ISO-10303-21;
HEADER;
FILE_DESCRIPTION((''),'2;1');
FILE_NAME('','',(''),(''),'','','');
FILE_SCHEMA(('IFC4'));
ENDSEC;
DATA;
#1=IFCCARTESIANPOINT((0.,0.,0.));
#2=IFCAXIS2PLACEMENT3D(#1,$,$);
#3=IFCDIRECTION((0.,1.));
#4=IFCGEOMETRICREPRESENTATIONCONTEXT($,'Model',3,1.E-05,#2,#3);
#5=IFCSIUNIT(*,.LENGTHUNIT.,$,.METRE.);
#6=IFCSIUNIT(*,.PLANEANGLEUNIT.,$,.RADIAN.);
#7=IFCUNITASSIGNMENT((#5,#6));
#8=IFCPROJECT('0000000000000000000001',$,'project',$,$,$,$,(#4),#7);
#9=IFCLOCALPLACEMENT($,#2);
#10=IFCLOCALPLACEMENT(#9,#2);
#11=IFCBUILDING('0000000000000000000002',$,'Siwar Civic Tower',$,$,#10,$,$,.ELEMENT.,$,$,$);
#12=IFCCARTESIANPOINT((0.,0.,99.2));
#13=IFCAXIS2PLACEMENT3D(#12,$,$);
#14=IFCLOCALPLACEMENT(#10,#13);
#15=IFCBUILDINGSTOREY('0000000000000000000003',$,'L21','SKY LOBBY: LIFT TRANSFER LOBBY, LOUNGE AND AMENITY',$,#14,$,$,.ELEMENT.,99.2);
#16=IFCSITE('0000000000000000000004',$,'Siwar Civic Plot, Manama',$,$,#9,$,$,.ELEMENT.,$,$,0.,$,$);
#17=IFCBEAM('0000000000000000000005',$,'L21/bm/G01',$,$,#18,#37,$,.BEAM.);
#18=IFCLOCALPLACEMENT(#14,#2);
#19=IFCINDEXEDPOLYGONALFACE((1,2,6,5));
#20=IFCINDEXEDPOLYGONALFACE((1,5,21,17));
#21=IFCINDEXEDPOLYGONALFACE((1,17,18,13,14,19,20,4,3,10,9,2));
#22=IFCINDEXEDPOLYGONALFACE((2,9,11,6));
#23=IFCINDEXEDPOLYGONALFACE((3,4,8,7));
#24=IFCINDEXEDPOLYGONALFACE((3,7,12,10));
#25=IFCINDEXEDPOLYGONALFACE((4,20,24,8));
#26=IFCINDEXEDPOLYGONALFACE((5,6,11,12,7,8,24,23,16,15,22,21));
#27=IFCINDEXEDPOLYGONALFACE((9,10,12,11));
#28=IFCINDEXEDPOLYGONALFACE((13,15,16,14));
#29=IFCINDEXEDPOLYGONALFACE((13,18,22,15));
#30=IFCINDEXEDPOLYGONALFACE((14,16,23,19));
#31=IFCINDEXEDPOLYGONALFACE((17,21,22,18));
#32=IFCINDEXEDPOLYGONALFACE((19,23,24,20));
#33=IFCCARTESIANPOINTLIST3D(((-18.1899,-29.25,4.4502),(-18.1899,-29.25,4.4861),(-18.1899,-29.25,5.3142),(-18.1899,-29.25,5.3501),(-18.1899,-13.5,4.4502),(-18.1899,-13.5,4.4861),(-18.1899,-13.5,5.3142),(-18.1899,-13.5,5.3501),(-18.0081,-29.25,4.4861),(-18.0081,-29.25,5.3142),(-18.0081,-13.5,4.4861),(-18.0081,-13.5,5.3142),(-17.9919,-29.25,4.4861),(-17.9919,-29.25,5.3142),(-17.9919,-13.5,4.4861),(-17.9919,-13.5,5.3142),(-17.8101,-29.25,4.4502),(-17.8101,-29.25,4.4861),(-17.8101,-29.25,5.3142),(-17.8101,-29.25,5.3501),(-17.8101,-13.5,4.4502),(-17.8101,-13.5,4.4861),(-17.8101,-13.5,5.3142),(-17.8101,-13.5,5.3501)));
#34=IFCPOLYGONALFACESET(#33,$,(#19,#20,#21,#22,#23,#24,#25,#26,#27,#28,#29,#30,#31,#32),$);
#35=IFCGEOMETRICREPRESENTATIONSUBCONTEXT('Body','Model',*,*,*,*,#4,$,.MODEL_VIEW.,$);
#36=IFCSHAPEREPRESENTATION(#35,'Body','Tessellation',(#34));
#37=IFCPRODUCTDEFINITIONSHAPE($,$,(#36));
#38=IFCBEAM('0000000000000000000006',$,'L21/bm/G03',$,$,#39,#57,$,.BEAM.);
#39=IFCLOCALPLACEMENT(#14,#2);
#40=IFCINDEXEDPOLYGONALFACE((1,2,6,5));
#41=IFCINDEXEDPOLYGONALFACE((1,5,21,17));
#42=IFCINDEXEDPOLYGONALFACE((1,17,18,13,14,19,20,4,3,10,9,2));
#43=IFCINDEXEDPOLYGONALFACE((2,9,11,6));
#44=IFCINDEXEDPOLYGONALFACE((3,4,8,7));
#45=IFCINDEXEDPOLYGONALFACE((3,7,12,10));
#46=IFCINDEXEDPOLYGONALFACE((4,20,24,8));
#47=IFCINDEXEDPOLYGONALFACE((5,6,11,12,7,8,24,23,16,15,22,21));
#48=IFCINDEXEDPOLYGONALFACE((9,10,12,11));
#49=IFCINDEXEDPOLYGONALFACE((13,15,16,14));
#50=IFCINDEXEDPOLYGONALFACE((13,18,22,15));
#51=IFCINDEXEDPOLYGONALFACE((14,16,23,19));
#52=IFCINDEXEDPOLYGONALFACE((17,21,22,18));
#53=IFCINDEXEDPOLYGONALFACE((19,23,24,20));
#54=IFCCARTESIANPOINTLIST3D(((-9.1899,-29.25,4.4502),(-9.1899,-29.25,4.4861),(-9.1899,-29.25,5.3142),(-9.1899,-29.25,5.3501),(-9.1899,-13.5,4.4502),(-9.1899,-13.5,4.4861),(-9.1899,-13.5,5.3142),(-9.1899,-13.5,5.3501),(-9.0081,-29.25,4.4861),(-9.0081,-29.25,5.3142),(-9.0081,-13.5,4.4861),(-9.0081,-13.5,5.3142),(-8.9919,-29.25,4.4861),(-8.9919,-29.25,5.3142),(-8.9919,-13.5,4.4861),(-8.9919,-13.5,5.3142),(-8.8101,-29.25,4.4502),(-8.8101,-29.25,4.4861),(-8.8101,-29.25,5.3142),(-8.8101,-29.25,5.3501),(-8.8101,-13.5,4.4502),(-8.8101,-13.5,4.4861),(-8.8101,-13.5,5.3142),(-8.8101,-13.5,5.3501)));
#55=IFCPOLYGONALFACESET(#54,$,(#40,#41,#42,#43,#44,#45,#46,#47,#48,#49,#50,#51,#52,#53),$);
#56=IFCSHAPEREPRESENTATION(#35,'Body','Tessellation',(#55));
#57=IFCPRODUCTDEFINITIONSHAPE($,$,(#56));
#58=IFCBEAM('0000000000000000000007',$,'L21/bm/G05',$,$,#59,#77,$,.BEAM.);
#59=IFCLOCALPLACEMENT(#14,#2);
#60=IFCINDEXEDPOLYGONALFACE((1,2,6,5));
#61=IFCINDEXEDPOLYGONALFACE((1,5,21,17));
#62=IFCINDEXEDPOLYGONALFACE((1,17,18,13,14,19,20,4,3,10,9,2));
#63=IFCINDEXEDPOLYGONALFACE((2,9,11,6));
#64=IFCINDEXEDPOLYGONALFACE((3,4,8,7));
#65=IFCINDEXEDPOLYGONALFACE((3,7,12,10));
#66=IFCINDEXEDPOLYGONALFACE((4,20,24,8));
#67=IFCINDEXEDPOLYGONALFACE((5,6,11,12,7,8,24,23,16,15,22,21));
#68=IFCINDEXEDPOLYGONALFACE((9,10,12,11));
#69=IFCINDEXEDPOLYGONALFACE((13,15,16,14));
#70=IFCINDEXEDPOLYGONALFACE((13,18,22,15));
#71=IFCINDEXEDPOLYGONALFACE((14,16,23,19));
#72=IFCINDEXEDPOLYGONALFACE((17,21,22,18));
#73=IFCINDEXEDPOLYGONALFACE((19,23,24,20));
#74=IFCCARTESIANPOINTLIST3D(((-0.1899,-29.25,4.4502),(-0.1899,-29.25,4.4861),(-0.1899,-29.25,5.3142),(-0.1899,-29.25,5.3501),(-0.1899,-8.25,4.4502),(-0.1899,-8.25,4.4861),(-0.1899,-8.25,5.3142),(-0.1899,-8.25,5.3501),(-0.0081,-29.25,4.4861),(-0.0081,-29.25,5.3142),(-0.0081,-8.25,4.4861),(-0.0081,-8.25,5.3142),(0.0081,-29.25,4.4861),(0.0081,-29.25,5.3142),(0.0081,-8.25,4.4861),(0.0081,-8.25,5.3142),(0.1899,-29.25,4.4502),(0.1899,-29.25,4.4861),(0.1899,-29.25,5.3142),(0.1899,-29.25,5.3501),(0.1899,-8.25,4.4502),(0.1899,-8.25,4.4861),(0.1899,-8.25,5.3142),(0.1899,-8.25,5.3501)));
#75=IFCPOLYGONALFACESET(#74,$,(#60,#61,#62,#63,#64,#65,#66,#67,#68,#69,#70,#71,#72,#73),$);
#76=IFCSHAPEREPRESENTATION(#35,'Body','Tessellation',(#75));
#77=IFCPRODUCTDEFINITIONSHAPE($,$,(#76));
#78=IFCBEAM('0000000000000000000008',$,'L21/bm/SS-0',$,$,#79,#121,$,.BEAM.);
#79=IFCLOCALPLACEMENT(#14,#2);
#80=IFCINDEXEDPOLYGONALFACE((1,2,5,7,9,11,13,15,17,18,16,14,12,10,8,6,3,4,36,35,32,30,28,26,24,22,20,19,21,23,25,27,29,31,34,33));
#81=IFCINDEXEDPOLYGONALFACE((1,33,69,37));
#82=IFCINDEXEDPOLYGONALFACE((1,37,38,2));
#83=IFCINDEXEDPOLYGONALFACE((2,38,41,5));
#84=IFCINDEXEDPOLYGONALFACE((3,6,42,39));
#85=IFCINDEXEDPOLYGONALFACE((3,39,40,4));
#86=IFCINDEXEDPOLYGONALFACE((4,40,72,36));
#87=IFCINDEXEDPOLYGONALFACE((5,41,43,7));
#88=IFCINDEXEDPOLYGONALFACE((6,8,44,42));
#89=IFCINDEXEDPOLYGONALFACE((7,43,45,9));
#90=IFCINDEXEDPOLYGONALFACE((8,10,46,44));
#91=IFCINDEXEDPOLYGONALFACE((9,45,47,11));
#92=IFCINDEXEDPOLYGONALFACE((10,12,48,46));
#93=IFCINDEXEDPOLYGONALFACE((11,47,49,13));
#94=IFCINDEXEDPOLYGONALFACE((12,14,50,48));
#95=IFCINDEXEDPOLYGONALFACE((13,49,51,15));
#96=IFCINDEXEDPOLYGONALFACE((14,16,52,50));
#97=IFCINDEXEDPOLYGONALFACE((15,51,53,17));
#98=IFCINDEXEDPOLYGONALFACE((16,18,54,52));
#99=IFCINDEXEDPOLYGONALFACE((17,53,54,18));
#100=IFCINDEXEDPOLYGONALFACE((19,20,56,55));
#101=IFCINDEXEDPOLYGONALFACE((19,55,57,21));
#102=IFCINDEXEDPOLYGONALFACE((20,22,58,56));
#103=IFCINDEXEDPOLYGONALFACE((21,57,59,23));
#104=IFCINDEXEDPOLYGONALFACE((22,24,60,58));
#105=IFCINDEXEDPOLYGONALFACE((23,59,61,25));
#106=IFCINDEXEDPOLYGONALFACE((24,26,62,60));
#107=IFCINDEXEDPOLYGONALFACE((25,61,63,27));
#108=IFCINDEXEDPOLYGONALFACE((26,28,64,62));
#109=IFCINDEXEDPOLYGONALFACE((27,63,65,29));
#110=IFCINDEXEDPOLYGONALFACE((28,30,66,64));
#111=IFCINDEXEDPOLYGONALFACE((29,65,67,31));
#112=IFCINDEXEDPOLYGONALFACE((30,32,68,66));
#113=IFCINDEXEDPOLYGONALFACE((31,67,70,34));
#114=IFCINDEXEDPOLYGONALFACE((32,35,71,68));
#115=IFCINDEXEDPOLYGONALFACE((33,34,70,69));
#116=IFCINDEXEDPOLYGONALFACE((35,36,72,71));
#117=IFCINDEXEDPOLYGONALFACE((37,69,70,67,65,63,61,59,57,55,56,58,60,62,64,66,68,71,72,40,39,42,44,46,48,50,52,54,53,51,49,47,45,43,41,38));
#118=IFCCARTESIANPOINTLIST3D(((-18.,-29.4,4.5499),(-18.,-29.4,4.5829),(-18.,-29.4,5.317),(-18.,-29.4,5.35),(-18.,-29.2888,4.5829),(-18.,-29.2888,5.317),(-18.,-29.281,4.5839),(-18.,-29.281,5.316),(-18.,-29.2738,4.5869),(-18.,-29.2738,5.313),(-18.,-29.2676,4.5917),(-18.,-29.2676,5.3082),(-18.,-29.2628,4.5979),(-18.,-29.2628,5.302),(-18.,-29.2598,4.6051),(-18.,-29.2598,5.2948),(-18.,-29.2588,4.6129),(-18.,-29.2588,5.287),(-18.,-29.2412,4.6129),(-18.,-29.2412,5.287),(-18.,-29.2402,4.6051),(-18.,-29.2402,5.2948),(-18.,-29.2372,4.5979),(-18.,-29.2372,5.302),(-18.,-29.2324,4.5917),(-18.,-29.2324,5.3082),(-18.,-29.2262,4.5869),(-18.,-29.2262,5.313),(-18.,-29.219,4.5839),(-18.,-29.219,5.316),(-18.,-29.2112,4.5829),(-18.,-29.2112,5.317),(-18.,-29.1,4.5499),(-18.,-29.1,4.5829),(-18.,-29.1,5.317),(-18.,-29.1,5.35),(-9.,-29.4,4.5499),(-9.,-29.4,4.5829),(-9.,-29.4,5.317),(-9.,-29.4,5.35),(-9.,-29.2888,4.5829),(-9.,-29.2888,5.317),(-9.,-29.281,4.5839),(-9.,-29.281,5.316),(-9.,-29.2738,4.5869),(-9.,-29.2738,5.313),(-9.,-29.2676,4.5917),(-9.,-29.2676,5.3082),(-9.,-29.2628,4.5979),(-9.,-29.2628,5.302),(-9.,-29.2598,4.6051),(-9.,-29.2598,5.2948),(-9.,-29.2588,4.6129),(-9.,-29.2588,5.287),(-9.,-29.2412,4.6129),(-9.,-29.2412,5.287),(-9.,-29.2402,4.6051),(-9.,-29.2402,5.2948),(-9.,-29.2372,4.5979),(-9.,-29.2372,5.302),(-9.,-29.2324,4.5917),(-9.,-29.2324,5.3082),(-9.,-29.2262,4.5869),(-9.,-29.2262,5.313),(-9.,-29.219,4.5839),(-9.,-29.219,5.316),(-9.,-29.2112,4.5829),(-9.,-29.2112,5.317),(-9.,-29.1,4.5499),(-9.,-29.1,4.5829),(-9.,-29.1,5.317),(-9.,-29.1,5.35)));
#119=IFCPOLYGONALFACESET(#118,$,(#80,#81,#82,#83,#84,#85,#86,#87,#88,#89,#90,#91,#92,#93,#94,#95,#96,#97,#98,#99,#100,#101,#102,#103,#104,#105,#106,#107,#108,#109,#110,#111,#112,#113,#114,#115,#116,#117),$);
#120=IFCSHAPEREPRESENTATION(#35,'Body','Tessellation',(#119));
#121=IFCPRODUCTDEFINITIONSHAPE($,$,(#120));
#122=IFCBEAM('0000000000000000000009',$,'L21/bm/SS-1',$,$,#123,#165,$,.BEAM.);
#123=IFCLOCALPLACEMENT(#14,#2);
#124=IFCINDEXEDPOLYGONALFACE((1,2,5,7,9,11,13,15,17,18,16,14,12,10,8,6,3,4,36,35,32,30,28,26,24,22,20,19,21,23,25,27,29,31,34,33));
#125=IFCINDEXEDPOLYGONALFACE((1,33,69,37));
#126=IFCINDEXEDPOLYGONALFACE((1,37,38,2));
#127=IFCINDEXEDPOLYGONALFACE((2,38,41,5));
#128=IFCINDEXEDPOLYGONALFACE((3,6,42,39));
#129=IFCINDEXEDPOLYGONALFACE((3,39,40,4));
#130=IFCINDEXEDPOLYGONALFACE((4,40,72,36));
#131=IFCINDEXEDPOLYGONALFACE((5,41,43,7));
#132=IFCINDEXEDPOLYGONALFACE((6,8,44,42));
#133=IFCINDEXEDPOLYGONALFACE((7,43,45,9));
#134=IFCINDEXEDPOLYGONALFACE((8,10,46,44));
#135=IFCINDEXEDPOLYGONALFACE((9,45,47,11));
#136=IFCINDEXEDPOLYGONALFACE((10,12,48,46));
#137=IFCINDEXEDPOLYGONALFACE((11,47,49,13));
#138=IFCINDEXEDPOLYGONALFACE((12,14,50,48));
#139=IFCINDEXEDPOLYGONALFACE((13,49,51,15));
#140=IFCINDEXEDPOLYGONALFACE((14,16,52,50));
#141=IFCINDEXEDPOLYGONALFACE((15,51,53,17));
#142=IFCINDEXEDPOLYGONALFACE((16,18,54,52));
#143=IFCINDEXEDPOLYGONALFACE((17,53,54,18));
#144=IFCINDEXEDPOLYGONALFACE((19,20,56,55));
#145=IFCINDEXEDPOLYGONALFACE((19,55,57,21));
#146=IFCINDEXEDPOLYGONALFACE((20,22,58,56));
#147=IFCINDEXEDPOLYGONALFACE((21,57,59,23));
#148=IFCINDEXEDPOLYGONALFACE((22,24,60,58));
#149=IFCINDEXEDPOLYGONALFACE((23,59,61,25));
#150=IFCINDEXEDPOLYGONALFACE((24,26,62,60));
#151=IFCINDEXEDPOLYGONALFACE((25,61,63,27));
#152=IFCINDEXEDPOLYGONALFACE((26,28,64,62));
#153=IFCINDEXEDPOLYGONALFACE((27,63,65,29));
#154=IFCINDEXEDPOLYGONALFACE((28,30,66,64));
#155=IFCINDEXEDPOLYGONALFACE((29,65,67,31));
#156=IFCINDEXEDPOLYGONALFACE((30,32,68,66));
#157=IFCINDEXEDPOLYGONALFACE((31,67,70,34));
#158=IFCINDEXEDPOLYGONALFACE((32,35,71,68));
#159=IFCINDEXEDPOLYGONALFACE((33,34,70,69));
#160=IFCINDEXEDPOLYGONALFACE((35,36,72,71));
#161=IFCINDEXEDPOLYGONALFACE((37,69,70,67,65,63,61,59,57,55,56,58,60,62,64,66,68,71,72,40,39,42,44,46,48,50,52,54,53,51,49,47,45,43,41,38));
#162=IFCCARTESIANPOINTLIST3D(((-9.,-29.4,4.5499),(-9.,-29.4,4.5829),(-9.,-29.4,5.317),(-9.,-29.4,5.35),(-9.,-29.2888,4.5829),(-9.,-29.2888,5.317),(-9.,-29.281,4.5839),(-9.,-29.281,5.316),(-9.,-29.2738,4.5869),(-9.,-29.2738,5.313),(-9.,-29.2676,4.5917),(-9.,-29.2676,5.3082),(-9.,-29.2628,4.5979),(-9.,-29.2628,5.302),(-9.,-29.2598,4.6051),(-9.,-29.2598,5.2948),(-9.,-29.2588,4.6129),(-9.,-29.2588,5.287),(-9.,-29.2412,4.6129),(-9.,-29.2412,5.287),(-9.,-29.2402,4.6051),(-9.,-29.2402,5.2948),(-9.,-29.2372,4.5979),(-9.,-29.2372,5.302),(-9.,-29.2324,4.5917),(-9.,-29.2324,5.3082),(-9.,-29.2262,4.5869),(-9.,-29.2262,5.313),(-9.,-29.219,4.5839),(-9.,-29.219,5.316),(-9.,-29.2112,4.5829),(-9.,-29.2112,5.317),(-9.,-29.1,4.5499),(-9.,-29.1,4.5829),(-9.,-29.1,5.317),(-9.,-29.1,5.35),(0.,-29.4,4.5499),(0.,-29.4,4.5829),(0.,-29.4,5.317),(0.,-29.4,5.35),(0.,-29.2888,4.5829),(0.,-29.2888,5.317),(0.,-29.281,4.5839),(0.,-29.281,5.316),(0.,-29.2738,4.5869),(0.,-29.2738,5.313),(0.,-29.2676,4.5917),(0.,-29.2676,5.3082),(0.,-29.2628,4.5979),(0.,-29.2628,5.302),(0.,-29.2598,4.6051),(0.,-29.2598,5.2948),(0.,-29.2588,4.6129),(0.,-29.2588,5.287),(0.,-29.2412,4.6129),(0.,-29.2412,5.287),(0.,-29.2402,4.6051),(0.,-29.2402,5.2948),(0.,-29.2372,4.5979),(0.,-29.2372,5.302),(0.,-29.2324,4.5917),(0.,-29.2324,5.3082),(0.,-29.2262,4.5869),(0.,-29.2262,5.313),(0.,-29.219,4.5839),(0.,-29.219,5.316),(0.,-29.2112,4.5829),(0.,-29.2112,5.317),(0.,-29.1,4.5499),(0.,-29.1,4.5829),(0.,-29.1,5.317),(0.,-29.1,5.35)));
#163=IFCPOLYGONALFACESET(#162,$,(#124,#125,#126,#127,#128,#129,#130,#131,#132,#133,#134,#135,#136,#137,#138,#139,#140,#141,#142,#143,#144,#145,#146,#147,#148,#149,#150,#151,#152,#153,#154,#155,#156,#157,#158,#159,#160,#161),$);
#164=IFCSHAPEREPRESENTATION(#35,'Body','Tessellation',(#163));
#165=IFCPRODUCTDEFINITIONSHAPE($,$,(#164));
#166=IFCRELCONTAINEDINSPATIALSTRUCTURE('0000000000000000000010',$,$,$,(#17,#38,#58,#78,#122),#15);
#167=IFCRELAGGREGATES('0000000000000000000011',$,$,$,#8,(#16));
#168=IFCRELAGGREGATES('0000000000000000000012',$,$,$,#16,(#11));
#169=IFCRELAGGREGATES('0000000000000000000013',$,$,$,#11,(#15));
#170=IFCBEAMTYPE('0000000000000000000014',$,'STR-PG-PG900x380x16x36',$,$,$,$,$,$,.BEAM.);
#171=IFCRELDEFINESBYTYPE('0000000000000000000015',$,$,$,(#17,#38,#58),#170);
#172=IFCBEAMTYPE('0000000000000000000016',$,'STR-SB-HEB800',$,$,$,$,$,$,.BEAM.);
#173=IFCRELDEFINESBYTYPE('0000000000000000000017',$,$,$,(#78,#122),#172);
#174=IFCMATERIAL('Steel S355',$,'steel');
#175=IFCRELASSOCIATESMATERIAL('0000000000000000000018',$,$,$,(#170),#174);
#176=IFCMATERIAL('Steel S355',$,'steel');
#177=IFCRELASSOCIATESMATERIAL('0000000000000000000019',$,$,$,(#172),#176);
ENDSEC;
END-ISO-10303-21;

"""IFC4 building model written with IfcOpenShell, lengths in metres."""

from ifc_helpers import new_model, si_unit, direction, frame, origin, origin_2d, place, context, subcontext, project, spatial, i_section, extrude, material, material_profile, profile_set, type_object, element, save


model = new_model("IFC4")

# Units and contexts
model_context = context("Model", 3, precision=1e-05, world=origin(), true_north=direction((0.0, 1.0)))
body_context = subcontext(model_context, "Body", "Model", "MODEL_VIEW")
ifc_project = project(units=[si_unit("LENGTHUNIT", "METRE"), si_unit("PLANEANGLEUNIT", "RADIAN")], contexts=[model_context])

# Site, building, storey
site_placement = place(None, origin())
site = spatial("IfcSite", under=ifc_project, at=site_placement, Name="Siwar Civic Plot, Manama", CompositionType="ELEMENT", RefElevation=0.0)
building_placement = place(site_placement, origin())
building = spatial("IfcBuilding", under=site, at=building_placement, Name="Siwar Civic Tower", CompositionType="ELEMENT")
storey_placement = place(building_placement, frame((0.0, 0.0, 99.2)))
storey = spatial("IfcBuildingStorey", under=building, at=storey_placement, Name="L21", Description="SKY LOBBY: LIFT TRANSFER LOBBY, LOUNGE AND AMENITY", CompositionType="ELEMENT", Elevation=99.2)

# Beams
ifc_material_1 = material(Name="Steel S355", Category="steel")
ifc_material_profile_1 = material_profile(ifc_material_1, i_section(OverallWidth=0.3799, OverallDepth=0.8999, WebThickness=0.0161, FlangeThickness=0.0359, at=origin_2d()), Name="PG900x380x16x36")
ifc_profile_set_1 = profile_set([ifc_material_profile_1], Name="Steel S355")
beam_type_1 = type_object("IfcBeamType", Name="STR-PG-PG900x380x16x36", PredefinedType="BEAM", material=ifc_profile_set_1)
for number, where, z_axis, x_axis, name in (
    (1, (-18.0, -29.25, 4.9001), (0.0, 1.0, 0.0), (-1.0, 0.0, 0.0), "L21/bm/G01"),
    (2, (-9.0, -29.25, 4.9001), (0.0, 1.0, 0.0), (-1.0, 0.0, 0.0), "L21/bm/G03"),
):
    element("IfcBeam", number, at=place(storey_placement, frame(where, z_axis=z_axis, x_axis=x_axis)), inside=storey, type_object=beam_type_1, Name=name, PredefinedType="BEAM", context=body_context, shape_type="SweptSolid", body=[
        extrude(i_section(OverallWidth=0.3799, OverallDepth=0.8999, WebThickness=0.0161, FlangeThickness=0.0359, at=origin_2d()), origin(), (0.0, 0.0, 1.0), 15.75),
    ])
beam_placement = place(storey_placement, frame((0.0, -29.25, 4.9001), z_axis=(0.0, 1.0, 0.0), x_axis=(-1.0, 0.0, 0.0)))
element("IfcBeam", 3, at=beam_placement, inside=storey, type_object=beam_type_1, Name="L21/bm/G05", PredefinedType="BEAM", context=body_context, shape_type="SweptSolid", body=[
    extrude(i_section(OverallWidth=0.3799, OverallDepth=0.8999, WebThickness=0.0161, FlangeThickness=0.0359, at=origin_2d()), origin(), (0.0, 0.0, 1.0), 21.0),
])
ifc_material_2 = material(Name="Steel S355", Category="steel")
ifc_material_profile_2 = material_profile(ifc_material_2, i_section(OverallWidth=0.3, OverallDepth=0.8, WebThickness=0.0176, FlangeThickness=0.033, FilletRadius=0.03, at=origin_2d()), Name="HEB800")
ifc_profile_set_2 = profile_set([ifc_material_profile_2], Name="Steel S355")
beam_type_2 = type_object("IfcBeamType", Name="STR-SB-HEB800", PredefinedType="BEAM", material=ifc_profile_set_2)
for number, where, z_axis, x_axis, name in (
    (4, (-18.0, -29.25, 4.95), (1.0, 0.0, 0.0), (0.0, 1.0, 0.0), "L21/bm/SS-0"),
    (5, (-9.0, -29.25, 4.95), (1.0, 0.0, 0.0), (0.0, 1.0, 0.0), "L21/bm/SS-1"),
):
    element("IfcBeam", number, at=place(storey_placement, frame(where, z_axis=z_axis, x_axis=x_axis)), inside=storey, type_object=beam_type_2, Name=name, PredefinedType="BEAM", context=body_context, shape_type="SweptSolid", body=[
        extrude(i_section(OverallWidth=0.3, OverallDepth=0.8, WebThickness=0.0176, FlangeThickness=0.033, FilletRadius=0.03, at=origin_2d()), origin(), (0.0, 0.0, 1.0), 9.0),
    ])

save(model, "model.ifc")
